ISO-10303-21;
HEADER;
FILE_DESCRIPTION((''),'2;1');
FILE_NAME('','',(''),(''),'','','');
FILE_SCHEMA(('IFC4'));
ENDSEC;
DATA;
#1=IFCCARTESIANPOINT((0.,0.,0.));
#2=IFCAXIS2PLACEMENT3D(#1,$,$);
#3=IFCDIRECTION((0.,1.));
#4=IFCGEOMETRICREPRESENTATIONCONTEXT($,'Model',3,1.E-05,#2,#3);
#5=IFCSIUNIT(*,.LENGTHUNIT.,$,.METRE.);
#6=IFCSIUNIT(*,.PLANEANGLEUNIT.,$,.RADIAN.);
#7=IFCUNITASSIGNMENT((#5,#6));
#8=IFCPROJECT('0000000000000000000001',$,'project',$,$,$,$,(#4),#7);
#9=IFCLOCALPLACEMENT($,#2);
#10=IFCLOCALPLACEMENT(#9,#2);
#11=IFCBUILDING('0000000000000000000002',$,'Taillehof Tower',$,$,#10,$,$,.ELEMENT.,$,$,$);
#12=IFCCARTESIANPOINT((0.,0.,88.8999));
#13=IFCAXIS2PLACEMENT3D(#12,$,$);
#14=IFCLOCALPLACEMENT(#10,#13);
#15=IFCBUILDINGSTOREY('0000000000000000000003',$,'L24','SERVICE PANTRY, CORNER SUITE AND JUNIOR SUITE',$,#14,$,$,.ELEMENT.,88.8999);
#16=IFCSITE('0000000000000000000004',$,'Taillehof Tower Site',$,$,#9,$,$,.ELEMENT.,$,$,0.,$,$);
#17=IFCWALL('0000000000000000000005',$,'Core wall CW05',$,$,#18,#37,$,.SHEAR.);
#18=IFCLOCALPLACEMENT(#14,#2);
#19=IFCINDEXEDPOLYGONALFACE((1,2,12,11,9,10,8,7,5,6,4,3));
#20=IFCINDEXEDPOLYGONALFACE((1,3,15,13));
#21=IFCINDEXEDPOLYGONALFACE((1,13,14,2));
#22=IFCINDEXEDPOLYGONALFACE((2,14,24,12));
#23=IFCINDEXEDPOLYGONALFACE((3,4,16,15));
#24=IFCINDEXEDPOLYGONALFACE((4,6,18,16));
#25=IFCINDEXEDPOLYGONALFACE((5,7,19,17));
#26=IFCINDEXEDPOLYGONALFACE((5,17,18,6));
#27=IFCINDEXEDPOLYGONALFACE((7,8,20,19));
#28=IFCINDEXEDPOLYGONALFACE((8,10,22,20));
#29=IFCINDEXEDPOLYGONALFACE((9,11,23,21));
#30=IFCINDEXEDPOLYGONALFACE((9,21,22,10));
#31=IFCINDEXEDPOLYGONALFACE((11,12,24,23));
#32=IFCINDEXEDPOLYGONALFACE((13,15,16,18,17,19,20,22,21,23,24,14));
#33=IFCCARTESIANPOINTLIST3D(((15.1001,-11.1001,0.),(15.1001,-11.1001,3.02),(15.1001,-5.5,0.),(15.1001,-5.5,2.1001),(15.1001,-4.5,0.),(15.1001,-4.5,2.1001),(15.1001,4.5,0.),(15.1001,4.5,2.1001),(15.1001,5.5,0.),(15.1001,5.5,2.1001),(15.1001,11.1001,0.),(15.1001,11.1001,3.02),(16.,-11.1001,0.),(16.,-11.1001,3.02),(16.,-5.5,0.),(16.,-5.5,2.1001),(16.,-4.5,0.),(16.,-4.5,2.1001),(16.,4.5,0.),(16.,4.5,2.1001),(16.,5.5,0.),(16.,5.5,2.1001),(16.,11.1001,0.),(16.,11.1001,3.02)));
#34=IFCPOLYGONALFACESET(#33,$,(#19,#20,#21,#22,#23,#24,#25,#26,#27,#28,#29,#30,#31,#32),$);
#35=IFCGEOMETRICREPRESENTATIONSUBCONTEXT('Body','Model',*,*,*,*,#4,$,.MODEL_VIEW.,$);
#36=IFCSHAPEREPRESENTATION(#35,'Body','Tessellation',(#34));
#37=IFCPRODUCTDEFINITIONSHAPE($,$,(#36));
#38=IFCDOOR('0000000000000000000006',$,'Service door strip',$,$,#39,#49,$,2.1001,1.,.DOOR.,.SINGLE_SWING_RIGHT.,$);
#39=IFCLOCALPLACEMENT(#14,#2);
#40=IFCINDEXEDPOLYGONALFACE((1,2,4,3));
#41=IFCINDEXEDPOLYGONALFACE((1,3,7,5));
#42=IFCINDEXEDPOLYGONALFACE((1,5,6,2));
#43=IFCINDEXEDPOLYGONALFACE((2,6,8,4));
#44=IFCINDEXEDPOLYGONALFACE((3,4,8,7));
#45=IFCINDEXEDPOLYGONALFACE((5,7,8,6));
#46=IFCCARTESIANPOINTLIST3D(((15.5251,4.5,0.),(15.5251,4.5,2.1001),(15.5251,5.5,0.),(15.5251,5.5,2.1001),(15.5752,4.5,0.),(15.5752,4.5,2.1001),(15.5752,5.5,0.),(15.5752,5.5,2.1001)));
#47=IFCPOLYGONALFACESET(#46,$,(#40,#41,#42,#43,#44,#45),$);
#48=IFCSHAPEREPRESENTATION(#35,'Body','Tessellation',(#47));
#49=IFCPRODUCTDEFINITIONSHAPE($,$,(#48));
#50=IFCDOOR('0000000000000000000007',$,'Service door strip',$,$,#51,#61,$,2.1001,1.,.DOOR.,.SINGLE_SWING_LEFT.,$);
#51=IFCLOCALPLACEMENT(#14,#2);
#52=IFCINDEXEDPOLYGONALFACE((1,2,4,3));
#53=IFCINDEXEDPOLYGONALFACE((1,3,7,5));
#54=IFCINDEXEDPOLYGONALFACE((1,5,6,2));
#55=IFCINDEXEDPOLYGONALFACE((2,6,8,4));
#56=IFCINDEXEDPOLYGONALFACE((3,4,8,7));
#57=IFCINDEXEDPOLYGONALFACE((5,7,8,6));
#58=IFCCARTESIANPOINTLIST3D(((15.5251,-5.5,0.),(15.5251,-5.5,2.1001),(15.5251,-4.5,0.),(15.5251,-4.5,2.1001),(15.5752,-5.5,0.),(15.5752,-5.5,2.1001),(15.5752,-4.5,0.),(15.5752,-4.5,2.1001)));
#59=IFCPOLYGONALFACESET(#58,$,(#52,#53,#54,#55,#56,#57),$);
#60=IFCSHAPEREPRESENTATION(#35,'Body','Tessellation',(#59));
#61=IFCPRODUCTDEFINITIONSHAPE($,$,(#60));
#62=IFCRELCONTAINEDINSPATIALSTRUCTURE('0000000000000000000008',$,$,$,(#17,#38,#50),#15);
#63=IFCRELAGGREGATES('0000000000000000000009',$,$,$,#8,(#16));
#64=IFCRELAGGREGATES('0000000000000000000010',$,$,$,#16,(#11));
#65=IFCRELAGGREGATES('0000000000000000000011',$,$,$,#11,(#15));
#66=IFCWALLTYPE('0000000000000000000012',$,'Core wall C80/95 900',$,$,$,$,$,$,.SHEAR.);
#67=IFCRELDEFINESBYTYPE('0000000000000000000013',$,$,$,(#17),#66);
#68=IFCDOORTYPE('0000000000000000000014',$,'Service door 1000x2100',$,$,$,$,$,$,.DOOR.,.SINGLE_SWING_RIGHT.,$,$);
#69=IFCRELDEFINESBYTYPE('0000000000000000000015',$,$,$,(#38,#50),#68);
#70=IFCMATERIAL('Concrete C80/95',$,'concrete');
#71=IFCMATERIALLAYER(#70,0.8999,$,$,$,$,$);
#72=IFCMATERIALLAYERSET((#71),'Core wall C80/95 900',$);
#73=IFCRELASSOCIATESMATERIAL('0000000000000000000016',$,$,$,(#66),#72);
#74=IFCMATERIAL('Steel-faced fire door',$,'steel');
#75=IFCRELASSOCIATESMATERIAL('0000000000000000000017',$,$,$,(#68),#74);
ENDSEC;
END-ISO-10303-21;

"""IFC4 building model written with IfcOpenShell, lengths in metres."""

from ifc_helpers import new_model, si_unit, direction, frame, frame_2d, origin, place, context, subcontext, project, spatial, rectangle, extrude, material, layer, layer_set, type_object, element, fill, save


model = new_model("IFC4")

# Units and contexts
model_context = context("Model", 3, precision=1e-05, world=origin(), true_north=direction((0.0, 1.0)))
body_context = subcontext(model_context, "Body", "Model", "MODEL_VIEW")
ifc_project = project(units=[si_unit("LENGTHUNIT", "METRE"), si_unit("PLANEANGLEUNIT", "RADIAN")], contexts=[model_context])

# Site, building, storey
site_placement = place(None, origin())
site = spatial("IfcSite", under=ifc_project, at=site_placement, Name="Taillehof Tower Site", CompositionType="ELEMENT", RefElevation=0.0)
building_placement = place(site_placement, origin())
building = spatial("IfcBuilding", under=site, at=building_placement, Name="Taillehof Tower", CompositionType="ELEMENT")
storey_placement = place(building_placement, frame((0.0, 0.0, 88.8999)))
storey = spatial("IfcBuildingStorey", under=building, at=storey_placement, Name="L24", Description="SERVICE PANTRY, CORNER SUITE AND JUNIOR SUITE", CompositionType="ELEMENT", Elevation=88.8999)

# Wall, openings, doors
ifc_material_1 = material(Name="Concrete C80/95", Category="concrete")
ifc_layer_1 = layer(ifc_material_1, 0.8999)
ifc_layer_set_1 = layer_set([ifc_layer_1], Name="Core wall C80/95 900")
wall_type_1 = type_object("IfcWallType", Name="Core wall C80/95 900", PredefinedType="SHEAR", material=ifc_layer_set_1)
wall_1_placement = place(storey_placement, frame((15.55, -11.1001, 0.0), z_axis=(0.0, 0.0, 1.0), x_axis=(0.0, 1.0, 0.0)))
wall_1 = element("IfcWall", 1, at=wall_1_placement, inside=storey, type_object=wall_type_1, Name="Core wall CW05", PredefinedType="SHEAR", context=body_context, shape_type="SweptSolid", body=[
    extrude(rectangle(XDim=22.2002, YDim=0.8999, at=frame_2d((11.1001, 0.0))), origin(), (0.0, 0.0, 1.0), 3.02),
])
opening_1_placement = place(wall_1_placement, frame((15.6001, 0.0, 0.0)))
opening_1 = element("IfcOpeningElement", 2, at=opening_1_placement, cuts=wall_1, PredefinedType="OPENING", context=body_context, shape_type="SweptSolid", body=[
    extrude(rectangle(XDim=1.0, YDim=2.1001, at=frame_2d((0.5, 1.05))), frame((0.0, 0.46, 0.0), z_axis=(0.0, -1.0, 0.0), x_axis=(1.0, 0.0, 0.0)), (0.0, 0.0, 1.0), 0.9199),
])
opening_2_placement = place(wall_1_placement, frame((5.6001, 0.0, 0.0)))
opening_2 = element("IfcOpeningElement", 3, at=opening_2_placement, cuts=wall_1, PredefinedType="OPENING", context=body_context, shape_type="SweptSolid", body=[
    extrude(rectangle(XDim=1.0, YDim=2.1001, at=frame_2d((0.5, 1.05))), frame((0.0, 0.46, 0.0), z_axis=(0.0, -1.0, 0.0), x_axis=(1.0, 0.0, 0.0)), (0.0, 0.0, 1.0), 0.9199),
])
ifc_material_2 = material(Name="Steel-faced fire door", Category="steel")
door_type_1 = type_object("IfcDoorType", Name="Service door 1000x2100", OperationType="SINGLE_SWING_RIGHT", PredefinedType="DOOR", material=ifc_material_2)
door_1_placement = place(opening_1_placement, origin())
door_1 = element("IfcDoor", 4, at=door_1_placement, inside=storey, type_object=door_type_1, Name="Service door strip", OperationType="SINGLE_SWING_RIGHT", OverallHeight=2.1001, OverallWidth=1.0, PredefinedType="DOOR", context=body_context, shape_type="SweptSolid", body=[
    extrude(rectangle(XDim=1.0, YDim=2.1001, at=frame_2d((0.5, 1.05))), frame((0.0, 0.0249, 0.0), z_axis=(0.0, -1.0, 0.0), x_axis=(1.0, 0.0, 0.0)), (0.0, 0.0, 1.0), 0.05),
])
fill(opening_1, door_1)
door_2_placement = place(opening_2_placement, origin())
door_2 = element("IfcDoor", 5, at=door_2_placement, inside=storey, type_object=door_type_1, Name="Service door strip", OperationType="SINGLE_SWING_LEFT", OverallHeight=2.1001, OverallWidth=1.0, PredefinedType="DOOR", context=body_context, shape_type="SweptSolid", body=[
    extrude(rectangle(XDim=1.0, YDim=2.1001, at=frame_2d((0.5, 1.05))), frame((0.0, 0.0249, 0.0), z_axis=(0.0, -1.0, 0.0), x_axis=(1.0, 0.0, 0.0)), (0.0, 0.0, 1.0), 0.05),
])
fill(opening_2, door_2)

save(model, "model.ifc")
